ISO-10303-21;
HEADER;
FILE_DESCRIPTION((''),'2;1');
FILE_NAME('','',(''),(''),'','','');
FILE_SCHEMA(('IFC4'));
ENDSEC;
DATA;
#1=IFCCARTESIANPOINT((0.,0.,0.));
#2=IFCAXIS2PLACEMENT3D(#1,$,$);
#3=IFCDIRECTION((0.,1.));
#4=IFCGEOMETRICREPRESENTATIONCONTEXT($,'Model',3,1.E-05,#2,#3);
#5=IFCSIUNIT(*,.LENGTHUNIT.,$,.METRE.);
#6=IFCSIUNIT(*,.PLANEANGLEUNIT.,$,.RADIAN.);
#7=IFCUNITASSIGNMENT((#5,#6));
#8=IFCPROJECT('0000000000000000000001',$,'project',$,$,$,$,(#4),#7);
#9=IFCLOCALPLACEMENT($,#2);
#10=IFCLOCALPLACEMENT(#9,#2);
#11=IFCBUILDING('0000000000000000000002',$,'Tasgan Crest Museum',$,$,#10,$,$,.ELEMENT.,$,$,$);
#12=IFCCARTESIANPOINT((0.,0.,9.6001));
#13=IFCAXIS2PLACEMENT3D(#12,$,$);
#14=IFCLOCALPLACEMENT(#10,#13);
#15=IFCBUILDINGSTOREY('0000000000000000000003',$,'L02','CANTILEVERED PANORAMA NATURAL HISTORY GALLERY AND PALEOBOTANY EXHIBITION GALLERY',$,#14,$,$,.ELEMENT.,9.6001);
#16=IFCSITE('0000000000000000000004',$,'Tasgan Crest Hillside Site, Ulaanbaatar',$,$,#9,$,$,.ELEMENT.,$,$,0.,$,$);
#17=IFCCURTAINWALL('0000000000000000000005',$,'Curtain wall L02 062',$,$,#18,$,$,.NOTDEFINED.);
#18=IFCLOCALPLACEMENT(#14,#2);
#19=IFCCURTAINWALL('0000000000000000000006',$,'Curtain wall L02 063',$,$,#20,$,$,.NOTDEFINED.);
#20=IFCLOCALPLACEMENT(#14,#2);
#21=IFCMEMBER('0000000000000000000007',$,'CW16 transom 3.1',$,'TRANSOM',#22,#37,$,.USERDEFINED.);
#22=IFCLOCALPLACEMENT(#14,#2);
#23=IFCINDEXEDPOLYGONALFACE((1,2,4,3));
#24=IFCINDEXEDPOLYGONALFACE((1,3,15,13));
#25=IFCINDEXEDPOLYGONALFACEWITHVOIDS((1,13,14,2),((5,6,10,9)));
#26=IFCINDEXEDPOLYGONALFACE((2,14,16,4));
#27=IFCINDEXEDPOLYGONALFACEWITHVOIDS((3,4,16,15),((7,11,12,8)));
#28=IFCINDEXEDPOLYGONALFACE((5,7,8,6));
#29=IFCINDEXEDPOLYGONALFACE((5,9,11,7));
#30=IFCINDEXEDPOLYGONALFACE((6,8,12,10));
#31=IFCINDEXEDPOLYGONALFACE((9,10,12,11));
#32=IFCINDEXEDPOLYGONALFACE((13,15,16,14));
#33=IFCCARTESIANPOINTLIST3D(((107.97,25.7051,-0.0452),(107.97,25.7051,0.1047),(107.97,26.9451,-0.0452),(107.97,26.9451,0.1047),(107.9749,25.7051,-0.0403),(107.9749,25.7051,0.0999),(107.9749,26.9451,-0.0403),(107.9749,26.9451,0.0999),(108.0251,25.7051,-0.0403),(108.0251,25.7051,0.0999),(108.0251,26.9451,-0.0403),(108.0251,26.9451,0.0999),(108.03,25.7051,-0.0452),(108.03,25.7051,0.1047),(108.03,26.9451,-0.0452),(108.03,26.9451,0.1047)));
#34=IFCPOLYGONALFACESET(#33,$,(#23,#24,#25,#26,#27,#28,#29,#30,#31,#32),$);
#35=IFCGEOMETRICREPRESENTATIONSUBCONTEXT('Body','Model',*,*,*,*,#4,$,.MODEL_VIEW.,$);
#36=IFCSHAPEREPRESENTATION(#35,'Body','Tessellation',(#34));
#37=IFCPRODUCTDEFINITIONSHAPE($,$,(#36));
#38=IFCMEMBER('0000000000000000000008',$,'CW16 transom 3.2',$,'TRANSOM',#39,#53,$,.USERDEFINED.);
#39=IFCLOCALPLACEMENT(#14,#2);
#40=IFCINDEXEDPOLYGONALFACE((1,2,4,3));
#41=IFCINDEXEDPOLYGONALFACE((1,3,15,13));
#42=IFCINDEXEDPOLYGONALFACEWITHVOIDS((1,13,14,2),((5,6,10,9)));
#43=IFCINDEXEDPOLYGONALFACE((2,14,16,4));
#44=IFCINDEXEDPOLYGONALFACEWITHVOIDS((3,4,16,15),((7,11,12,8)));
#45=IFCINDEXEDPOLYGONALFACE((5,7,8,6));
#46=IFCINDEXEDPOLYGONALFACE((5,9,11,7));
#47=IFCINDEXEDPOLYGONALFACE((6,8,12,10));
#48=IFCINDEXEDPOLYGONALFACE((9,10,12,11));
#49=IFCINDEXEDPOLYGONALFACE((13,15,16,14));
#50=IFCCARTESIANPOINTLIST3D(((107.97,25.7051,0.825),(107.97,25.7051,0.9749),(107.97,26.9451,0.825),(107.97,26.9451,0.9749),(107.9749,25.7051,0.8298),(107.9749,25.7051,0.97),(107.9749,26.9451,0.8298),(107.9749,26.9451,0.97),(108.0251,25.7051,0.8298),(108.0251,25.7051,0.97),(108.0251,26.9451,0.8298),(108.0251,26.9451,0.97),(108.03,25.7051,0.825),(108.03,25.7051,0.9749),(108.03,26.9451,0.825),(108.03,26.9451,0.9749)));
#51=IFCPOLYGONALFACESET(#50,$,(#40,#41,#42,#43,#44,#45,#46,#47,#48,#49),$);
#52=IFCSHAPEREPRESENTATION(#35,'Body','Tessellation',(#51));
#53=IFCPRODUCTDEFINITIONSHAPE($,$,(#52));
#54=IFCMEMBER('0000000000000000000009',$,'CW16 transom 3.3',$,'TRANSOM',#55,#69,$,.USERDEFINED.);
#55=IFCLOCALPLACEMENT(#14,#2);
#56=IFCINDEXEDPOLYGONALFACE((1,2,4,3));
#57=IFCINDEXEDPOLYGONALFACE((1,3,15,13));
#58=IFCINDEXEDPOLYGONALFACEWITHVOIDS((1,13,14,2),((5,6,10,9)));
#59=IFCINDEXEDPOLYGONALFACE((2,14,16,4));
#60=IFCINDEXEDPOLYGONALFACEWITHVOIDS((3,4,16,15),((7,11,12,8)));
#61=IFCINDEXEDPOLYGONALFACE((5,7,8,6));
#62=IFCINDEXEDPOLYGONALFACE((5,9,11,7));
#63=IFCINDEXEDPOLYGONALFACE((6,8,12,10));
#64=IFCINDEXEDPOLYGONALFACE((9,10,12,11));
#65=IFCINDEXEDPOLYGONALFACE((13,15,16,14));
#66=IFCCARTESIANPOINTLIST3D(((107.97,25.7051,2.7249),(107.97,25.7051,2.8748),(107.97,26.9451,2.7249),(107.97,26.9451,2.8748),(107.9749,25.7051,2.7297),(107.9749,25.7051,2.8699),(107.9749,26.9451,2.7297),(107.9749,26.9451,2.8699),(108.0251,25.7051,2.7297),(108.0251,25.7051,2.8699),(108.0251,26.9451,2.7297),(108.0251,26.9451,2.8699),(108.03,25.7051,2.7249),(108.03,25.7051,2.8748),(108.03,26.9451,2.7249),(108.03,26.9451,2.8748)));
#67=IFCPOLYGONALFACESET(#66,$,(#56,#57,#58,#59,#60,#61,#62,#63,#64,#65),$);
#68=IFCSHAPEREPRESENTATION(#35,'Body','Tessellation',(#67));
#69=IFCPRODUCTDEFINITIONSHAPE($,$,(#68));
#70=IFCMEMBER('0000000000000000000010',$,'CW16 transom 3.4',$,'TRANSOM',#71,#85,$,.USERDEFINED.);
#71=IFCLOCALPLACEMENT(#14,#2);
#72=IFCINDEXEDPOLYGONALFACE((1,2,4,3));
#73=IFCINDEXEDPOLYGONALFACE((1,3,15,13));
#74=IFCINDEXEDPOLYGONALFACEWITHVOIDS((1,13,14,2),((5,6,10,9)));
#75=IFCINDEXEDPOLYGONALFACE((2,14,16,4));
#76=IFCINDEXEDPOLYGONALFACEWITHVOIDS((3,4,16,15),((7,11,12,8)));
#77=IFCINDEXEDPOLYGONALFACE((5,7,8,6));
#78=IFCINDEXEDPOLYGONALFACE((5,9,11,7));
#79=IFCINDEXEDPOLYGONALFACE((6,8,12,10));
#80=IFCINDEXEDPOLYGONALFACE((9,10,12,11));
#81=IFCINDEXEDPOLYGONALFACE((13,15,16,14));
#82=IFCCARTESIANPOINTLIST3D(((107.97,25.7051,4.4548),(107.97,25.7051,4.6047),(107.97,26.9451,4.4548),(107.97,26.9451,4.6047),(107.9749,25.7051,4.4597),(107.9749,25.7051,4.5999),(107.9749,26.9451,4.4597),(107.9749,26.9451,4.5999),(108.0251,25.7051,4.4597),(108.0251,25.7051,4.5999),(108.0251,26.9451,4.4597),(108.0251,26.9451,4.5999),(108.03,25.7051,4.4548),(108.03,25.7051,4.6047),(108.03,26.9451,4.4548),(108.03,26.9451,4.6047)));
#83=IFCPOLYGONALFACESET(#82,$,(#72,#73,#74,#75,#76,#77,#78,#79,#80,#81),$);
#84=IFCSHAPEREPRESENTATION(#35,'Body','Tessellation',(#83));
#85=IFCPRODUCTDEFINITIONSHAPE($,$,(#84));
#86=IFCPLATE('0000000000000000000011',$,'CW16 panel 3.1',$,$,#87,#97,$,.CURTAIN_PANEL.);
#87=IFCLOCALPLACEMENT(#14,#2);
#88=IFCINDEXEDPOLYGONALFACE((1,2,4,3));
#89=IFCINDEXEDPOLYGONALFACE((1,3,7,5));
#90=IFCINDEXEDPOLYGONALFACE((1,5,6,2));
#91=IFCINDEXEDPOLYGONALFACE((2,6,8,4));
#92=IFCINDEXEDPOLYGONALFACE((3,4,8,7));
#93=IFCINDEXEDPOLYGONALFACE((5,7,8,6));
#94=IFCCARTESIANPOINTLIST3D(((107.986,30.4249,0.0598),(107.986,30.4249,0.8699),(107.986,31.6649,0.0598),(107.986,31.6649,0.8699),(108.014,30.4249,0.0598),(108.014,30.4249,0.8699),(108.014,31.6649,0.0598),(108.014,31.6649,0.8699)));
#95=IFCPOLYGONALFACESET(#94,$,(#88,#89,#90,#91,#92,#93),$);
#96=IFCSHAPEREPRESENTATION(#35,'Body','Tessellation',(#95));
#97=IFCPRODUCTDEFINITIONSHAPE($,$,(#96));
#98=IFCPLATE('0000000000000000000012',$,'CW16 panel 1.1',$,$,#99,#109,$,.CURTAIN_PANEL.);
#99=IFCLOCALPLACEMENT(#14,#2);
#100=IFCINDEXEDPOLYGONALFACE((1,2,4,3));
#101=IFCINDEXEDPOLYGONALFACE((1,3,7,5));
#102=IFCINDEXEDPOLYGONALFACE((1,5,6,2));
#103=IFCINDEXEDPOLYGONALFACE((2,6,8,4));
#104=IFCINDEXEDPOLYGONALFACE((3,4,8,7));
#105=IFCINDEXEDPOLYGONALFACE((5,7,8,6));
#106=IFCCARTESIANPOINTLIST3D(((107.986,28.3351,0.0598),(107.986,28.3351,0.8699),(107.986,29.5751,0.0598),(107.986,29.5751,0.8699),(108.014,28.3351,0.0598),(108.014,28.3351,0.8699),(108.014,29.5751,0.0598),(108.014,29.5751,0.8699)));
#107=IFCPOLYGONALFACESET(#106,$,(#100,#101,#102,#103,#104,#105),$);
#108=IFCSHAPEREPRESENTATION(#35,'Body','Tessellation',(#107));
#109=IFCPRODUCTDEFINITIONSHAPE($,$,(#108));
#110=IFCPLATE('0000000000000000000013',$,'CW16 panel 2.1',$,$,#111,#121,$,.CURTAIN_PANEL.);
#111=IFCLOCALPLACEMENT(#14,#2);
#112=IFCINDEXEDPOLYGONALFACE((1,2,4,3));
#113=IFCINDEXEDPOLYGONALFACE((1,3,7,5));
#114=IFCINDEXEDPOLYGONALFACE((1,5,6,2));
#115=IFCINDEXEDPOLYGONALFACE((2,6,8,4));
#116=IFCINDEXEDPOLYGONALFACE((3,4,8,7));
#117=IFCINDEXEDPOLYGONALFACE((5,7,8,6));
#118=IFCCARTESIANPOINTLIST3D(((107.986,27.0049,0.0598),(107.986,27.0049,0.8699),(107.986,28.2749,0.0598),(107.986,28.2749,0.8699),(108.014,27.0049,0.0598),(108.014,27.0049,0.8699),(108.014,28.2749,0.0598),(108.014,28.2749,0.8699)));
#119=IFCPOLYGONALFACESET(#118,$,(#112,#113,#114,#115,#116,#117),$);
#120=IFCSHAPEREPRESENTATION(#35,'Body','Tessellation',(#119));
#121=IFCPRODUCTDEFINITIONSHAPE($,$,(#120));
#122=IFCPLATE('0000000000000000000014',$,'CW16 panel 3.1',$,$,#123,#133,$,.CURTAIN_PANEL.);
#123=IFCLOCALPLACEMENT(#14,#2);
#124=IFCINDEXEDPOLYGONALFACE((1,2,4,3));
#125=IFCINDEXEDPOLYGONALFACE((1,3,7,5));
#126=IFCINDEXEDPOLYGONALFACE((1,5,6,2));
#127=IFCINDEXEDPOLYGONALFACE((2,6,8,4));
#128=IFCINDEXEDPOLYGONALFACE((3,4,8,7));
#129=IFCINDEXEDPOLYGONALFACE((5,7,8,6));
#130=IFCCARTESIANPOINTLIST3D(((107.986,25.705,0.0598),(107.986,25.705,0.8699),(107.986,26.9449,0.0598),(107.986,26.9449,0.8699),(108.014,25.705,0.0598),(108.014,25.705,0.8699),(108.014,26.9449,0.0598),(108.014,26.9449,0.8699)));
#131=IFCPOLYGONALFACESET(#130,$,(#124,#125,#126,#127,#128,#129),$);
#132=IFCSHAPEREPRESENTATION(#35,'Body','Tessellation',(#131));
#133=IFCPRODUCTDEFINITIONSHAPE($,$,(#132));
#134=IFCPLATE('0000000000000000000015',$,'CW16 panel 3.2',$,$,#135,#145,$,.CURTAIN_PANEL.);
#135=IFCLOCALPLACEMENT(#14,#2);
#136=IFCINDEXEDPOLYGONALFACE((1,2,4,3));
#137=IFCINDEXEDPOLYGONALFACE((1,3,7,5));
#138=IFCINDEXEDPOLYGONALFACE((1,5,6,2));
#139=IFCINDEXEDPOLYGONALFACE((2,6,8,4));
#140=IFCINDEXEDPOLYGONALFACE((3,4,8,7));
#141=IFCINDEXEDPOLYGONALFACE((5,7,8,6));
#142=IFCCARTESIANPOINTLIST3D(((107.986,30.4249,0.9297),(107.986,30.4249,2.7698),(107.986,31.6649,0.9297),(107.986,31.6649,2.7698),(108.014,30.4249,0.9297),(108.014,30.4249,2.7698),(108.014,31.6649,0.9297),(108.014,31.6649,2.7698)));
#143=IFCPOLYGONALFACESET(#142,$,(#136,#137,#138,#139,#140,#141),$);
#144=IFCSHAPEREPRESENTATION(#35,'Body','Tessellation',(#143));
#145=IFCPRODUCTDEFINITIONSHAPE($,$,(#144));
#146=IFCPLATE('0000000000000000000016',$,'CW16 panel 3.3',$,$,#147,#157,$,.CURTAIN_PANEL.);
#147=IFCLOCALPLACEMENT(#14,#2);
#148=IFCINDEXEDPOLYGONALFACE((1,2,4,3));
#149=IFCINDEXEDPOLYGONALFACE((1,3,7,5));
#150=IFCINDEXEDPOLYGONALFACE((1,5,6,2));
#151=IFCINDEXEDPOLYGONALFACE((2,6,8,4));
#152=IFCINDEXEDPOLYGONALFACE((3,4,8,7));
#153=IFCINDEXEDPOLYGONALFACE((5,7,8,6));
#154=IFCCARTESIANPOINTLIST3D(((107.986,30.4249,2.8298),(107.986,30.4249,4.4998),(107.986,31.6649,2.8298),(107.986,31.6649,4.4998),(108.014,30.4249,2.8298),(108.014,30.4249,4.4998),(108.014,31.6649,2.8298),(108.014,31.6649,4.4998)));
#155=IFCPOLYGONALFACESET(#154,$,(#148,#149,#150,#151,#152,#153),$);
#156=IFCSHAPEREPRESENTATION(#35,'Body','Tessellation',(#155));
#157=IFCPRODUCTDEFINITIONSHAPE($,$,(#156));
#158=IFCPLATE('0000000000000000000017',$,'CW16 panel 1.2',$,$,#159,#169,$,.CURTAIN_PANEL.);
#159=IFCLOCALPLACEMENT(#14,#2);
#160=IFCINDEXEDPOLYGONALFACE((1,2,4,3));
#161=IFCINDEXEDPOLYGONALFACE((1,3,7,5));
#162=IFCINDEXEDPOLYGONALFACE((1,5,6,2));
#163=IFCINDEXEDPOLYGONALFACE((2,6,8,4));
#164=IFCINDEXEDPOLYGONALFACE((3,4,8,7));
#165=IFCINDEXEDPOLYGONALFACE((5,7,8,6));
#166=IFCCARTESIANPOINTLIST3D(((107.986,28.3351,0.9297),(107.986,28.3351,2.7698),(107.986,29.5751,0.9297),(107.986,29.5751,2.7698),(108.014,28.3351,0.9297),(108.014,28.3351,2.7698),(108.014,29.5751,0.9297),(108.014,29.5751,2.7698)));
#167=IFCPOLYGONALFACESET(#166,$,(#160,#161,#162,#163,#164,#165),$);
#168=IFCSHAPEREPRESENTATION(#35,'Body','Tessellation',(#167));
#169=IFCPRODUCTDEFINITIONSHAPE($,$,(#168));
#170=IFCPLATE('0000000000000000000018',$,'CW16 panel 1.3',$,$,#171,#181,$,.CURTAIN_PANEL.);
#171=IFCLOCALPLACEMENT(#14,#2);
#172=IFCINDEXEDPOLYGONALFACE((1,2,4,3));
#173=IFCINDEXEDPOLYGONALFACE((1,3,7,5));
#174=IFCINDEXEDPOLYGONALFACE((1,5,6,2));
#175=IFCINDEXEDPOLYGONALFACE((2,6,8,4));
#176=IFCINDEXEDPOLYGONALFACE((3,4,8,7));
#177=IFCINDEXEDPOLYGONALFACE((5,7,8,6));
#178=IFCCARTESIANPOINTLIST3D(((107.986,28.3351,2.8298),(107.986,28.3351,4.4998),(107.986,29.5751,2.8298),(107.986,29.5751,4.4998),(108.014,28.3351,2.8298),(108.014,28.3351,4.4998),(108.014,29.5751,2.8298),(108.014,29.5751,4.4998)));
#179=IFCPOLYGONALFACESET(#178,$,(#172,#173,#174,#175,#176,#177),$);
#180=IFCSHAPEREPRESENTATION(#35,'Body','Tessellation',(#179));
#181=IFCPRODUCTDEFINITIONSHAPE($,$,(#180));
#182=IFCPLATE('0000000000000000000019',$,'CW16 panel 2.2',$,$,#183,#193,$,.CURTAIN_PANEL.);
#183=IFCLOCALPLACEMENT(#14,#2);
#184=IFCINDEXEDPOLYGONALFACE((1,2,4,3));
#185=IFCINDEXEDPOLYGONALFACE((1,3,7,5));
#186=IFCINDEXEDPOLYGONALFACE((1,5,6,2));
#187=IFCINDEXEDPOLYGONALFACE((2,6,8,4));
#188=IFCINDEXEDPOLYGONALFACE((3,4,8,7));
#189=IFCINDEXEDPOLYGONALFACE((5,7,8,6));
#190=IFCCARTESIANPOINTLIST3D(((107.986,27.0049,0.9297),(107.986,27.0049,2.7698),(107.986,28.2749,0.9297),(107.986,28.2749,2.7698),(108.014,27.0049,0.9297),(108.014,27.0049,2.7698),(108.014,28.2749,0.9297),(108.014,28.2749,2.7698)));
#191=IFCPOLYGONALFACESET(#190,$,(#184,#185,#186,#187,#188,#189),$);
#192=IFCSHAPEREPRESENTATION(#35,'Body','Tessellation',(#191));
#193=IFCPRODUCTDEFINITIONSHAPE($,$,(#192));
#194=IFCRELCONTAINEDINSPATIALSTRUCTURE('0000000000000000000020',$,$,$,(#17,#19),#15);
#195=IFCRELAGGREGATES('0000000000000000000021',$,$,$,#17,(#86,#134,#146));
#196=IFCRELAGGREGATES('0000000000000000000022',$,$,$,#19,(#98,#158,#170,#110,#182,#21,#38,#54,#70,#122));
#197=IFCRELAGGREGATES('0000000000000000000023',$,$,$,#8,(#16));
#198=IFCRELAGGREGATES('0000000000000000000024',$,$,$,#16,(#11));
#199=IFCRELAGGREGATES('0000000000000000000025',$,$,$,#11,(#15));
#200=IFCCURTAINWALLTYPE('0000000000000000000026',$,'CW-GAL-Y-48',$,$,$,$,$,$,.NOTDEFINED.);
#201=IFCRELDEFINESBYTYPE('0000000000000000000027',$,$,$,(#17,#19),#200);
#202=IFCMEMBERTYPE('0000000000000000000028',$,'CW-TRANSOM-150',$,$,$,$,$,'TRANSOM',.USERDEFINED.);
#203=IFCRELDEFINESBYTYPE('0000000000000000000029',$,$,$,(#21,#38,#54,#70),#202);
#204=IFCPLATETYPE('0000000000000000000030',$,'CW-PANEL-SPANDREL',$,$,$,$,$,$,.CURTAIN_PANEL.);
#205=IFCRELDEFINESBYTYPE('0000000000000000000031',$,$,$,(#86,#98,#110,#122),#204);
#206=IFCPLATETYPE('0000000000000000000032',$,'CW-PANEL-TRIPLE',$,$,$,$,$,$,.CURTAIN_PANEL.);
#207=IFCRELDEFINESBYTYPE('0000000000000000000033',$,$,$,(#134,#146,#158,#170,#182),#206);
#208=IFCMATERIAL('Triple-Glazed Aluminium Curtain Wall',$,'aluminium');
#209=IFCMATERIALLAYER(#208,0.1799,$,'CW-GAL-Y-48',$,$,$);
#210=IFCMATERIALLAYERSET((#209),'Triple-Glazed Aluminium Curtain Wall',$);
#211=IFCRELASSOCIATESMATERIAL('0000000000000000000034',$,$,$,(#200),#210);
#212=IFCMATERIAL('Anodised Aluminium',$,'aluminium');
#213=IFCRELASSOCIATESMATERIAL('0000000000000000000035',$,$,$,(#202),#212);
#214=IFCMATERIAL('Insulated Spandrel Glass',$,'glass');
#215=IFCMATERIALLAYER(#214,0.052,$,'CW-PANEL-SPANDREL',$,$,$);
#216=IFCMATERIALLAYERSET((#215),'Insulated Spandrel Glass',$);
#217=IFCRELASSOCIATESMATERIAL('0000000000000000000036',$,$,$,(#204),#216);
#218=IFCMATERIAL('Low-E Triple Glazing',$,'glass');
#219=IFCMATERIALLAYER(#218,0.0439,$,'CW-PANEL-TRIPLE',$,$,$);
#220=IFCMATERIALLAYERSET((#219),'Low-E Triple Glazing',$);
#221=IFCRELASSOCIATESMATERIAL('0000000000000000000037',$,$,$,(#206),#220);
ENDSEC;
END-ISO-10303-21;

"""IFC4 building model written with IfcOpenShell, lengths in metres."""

from ifc_helpers import new_model, si_unit, direction, frame, origin, origin_2d, place, context, subcontext, project, spatial, rectangle, hollow_rectangle, extrude, material, layer, layer_set, material_profile, profile_set, type_object, element, aggregate, save


model = new_model("IFC4")

# Units and contexts
model_context = context("Model", 3, precision=1e-05, world=origin(), true_north=direction((0.0, 1.0)))
body_context = subcontext(model_context, "Body", "Model", "MODEL_VIEW")
ifc_project = project(units=[si_unit("LENGTHUNIT", "METRE"), si_unit("PLANEANGLEUNIT", "RADIAN")], contexts=[model_context])

# Site, building, storey
site_placement = place(None, origin())
site = spatial("IfcSite", under=ifc_project, at=site_placement, Name="Tasgan Crest Hillside Site, Ulaanbaatar", CompositionType="ELEMENT", RefElevation=0.0)
building_placement = place(site_placement, origin())
building = spatial("IfcBuilding", under=site, at=building_placement, Name="Tasgan Crest Museum", CompositionType="ELEMENT")
storey_placement = place(building_placement, frame((0.0, 0.0, 9.6001)))
storey = spatial("IfcBuildingStorey", under=building, at=storey_placement, Name="L02", Description="CANTILEVERED PANORAMA NATURAL HISTORY GALLERY AND PALEOBOTANY EXHIBITION GALLERY", CompositionType="ELEMENT", Elevation=9.6001)

# Curtain wall
ifc_material_1 = material(Name="Triple-Glazed Aluminium Curtain Wall", Category="aluminium")
ifc_layer_1 = layer(ifc_material_1, 0.1799, Name="CW-GAL-Y-48")
ifc_layer_set_1 = layer_set([ifc_layer_1], Name="Triple-Glazed Aluminium Curtain Wall")
curtain_wall_type = type_object("IfcCurtainWallType", Name="CW-GAL-Y-48", PredefinedType="NOTDEFINED", material=ifc_layer_set_1)
curtain_wall_1_placement = place(storey_placement, origin())
curtain_wall_1 = element("IfcCurtainWall", 1, at=curtain_wall_1_placement, inside=storey, type_object=curtain_wall_type, Name="Curtain wall L02 062", PredefinedType="NOTDEFINED")

# Curtain wall
curtain_wall_2_placement = place(storey_placement, origin())
curtain_wall_2 = element("IfcCurtainWall", 2, at=curtain_wall_2_placement, inside=storey, type_object=curtain_wall_type, Name="Curtain wall L02 063", PredefinedType="NOTDEFINED")

# Members
ifc_material_2 = material(Name="Anodised Aluminium", Category="aluminium")
ifc_material_profile_1 = material_profile(ifc_material_2, hollow_rectangle(XDim=0.0601, YDim=0.1499, WallThickness=0.0049, at=origin_2d()), Name="ALU TRANSOM 150x60x5")
ifc_profile_set_1 = profile_set([ifc_material_profile_1], Name="Anodised Aluminium")
member_type_1 = type_object("IfcMemberType", Name="CW-TRANSOM-150", ElementType="TRANSOM", PredefinedType="USERDEFINED", material=ifc_profile_set_1)
member_1_placement = place(storey_placement, frame((108.0, 26.9451, 0.0298), z_axis=(0.0, -1.0, 0.0), x_axis=(1.0, 0.0, 0.0)))
member_1 = element("IfcMember", 3, at=member_1_placement, type_object=member_type_1, Name="CW16 transom 3.1", ObjectType="TRANSOM", PredefinedType="USERDEFINED", context=body_context, shape_type="SweptSolid", body=[
    extrude(hollow_rectangle(XDim=0.0601, YDim=0.1499, WallThickness=0.0049, at=origin_2d()), origin(), (0.0, 0.0, 1.0), 1.24),
])
member_2_placement = place(storey_placement, frame((108.0, 26.9451, 0.8999), z_axis=(0.0, -1.0, 0.0), x_axis=(1.0, 0.0, 0.0)))
member_2 = element("IfcMember", 4, at=member_2_placement, type_object=member_type_1, Name="CW16 transom 3.2", ObjectType="TRANSOM", PredefinedType="USERDEFINED", context=body_context, shape_type="SweptSolid", body=[
    extrude(hollow_rectangle(XDim=0.0601, YDim=0.1499, WallThickness=0.0049, at=origin_2d()), origin(), (0.0, 0.0, 1.0), 1.24),
])
member_3_placement = place(storey_placement, frame((108.0, 26.9451, 2.7998), z_axis=(0.0, -1.0, 0.0), x_axis=(1.0, 0.0, 0.0)))
member_3 = element("IfcMember", 5, at=member_3_placement, type_object=member_type_1, Name="CW16 transom 3.3", ObjectType="TRANSOM", PredefinedType="USERDEFINED", context=body_context, shape_type="SweptSolid", body=[
    extrude(hollow_rectangle(XDim=0.0601, YDim=0.1499, WallThickness=0.0049, at=origin_2d()), origin(), (0.0, 0.0, 1.0), 1.24),
])
member_4_placement = place(storey_placement, frame((108.0, 26.9451, 4.5298), z_axis=(0.0, -1.0, 0.0), x_axis=(1.0, 0.0, 0.0)))
member_4 = element("IfcMember", 6, at=member_4_placement, type_object=member_type_1, Name="CW16 transom 3.4", ObjectType="TRANSOM", PredefinedType="USERDEFINED", context=body_context, shape_type="SweptSolid", body=[
    extrude(hollow_rectangle(XDim=0.0601, YDim=0.1499, WallThickness=0.0049, at=origin_2d()), origin(), (0.0, 0.0, 1.0), 1.24),
])

# Plates
ifc_material_3 = material(Name="Insulated Spandrel Glass", Category="glass")
ifc_layer_2 = layer(ifc_material_3, 0.052, Name="CW-PANEL-SPANDREL")
ifc_layer_set_2 = layer_set([ifc_layer_2], Name="Insulated Spandrel Glass")
plate_type_1 = type_object("IfcPlateType", Name="CW-PANEL-SPANDREL", PredefinedType="CURTAIN_PANEL", material=ifc_layer_set_2)
plate_1_placement = place(storey_placement, frame((108.0, 31.0449, 0.0598), z_axis=(0.0, 0.0, 1.0), x_axis=(0.0, -1.0, 0.0)))
plate_1 = element("IfcPlate", 7, at=plate_1_placement, type_object=plate_type_1, Name="CW16 panel 3.1", PredefinedType="CURTAIN_PANEL", context=body_context, shape_type="SweptSolid", body=[
    extrude(rectangle(XDim=1.24, YDim=0.0281, at=origin_2d()), origin(), (0.0, 0.0, 1.0), 0.8101),
])
plate_2_placement = place(storey_placement, frame((108.0, 28.9551, 0.0598), z_axis=(0.0, 0.0, 1.0), x_axis=(0.0, -1.0, 0.0)))
plate_2 = element("IfcPlate", 8, at=plate_2_placement, type_object=plate_type_1, Name="CW16 panel 1.1", PredefinedType="CURTAIN_PANEL", context=body_context, shape_type="SweptSolid", body=[
    extrude(rectangle(XDim=1.24, YDim=0.0281, at=origin_2d()), origin(), (0.0, 0.0, 1.0), 0.8101),
])
plate_3_placement = place(storey_placement, frame((108.0, 27.6399, 0.0598), z_axis=(0.0, 0.0, 1.0), x_axis=(0.0, -1.0, 0.0)))
plate_3 = element("IfcPlate", 9, at=plate_3_placement, type_object=plate_type_1, Name="CW16 panel 2.1", PredefinedType="CURTAIN_PANEL", context=body_context, shape_type="SweptSolid", body=[
    extrude(rectangle(XDim=1.27, YDim=0.0281, at=origin_2d()), origin(), (0.0, 0.0, 1.0), 0.8101),
])
plate_4_placement = place(storey_placement, frame((108.0, 26.325, 0.0598), z_axis=(0.0, 0.0, 1.0), x_axis=(0.0, -1.0, 0.0)))
plate_4 = element("IfcPlate", 10, at=plate_4_placement, type_object=plate_type_1, Name="CW16 panel 3.1", PredefinedType="CURTAIN_PANEL", context=body_context, shape_type="SweptSolid", body=[
    extrude(rectangle(XDim=1.24, YDim=0.0281, at=origin_2d()), origin(), (0.0, 0.0, 1.0), 0.8101),
])
ifc_material_4 = material(Name="Low-E Triple Glazing", Category="glass")
ifc_layer_3 = layer(ifc_material_4, 0.0439, Name="CW-PANEL-TRIPLE")
ifc_layer_set_3 = layer_set([ifc_layer_3], Name="Low-E Triple Glazing")
plate_type_2 = type_object("IfcPlateType", Name="CW-PANEL-TRIPLE", PredefinedType="CURTAIN_PANEL", material=ifc_layer_set_3)
plate_5_placement = place(storey_placement, frame((108.0, 31.0449, 0.9297), z_axis=(0.0, 0.0, 1.0), x_axis=(0.0, -1.0, 0.0)))
plate_5 = element("IfcPlate", 11, at=plate_5_placement, type_object=plate_type_2, Name="CW16 panel 3.2", PredefinedType="CURTAIN_PANEL", context=body_context, shape_type="SweptSolid", body=[
    extrude(rectangle(XDim=1.24, YDim=0.0281, at=origin_2d()), origin(), (0.0, 0.0, 1.0), 1.8401),
])
plate_6_placement = place(storey_placement, frame((108.0, 31.0449, 2.8298), z_axis=(0.0, 0.0, 1.0), x_axis=(0.0, -1.0, 0.0)))
plate_6 = element("IfcPlate", 12, at=plate_6_placement, type_object=plate_type_2, Name="CW16 panel 3.3", PredefinedType="CURTAIN_PANEL", context=body_context, shape_type="SweptSolid", body=[
    extrude(rectangle(XDim=1.24, YDim=0.0281, at=origin_2d()), origin(), (0.0, 0.0, 1.0), 1.6699),
])
aggregate(curtain_wall_1, [plate_1, plate_5, plate_6])
plate_7_placement = place(storey_placement, frame((108.0, 28.9551, 0.9297), z_axis=(0.0, 0.0, 1.0), x_axis=(0.0, -1.0, 0.0)))
plate_7 = element("IfcPlate", 13, at=plate_7_placement, type_object=plate_type_2, Name="CW16 panel 1.2", PredefinedType="CURTAIN_PANEL", context=body_context, shape_type="SweptSolid", body=[
    extrude(rectangle(XDim=1.24, YDim=0.0281, at=origin_2d()), origin(), (0.0, 0.0, 1.0), 1.8401),
])
plate_8_placement = place(storey_placement, frame((108.0, 28.9551, 2.8298), z_axis=(0.0, 0.0, 1.0), x_axis=(0.0, -1.0, 0.0)))
plate_8 = element("IfcPlate", 14, at=plate_8_placement, type_object=plate_type_2, Name="CW16 panel 1.3", PredefinedType="CURTAIN_PANEL", context=body_context, shape_type="SweptSolid", body=[
    extrude(rectangle(XDim=1.24, YDim=0.0281, at=origin_2d()), origin(), (0.0, 0.0, 1.0), 1.6699),
])
plate_9_placement = place(storey_placement, frame((108.0, 27.6399, 0.9297), z_axis=(0.0, 0.0, 1.0), x_axis=(0.0, -1.0, 0.0)))
plate_9 = element("IfcPlate", 15, at=plate_9_placement, type_object=plate_type_2, Name="CW16 panel 2.2", PredefinedType="CURTAIN_PANEL", context=body_context, shape_type="SweptSolid", body=[
    extrude(rectangle(XDim=1.27, YDim=0.0281, at=origin_2d()), origin(), (0.0, 0.0, 1.0), 1.8401),
])
aggregate(curtain_wall_2, [plate_2, plate_7, plate_8, plate_3, plate_9, member_1, member_2, member_3, member_4, plate_4])

save(model, "model.ifc")
